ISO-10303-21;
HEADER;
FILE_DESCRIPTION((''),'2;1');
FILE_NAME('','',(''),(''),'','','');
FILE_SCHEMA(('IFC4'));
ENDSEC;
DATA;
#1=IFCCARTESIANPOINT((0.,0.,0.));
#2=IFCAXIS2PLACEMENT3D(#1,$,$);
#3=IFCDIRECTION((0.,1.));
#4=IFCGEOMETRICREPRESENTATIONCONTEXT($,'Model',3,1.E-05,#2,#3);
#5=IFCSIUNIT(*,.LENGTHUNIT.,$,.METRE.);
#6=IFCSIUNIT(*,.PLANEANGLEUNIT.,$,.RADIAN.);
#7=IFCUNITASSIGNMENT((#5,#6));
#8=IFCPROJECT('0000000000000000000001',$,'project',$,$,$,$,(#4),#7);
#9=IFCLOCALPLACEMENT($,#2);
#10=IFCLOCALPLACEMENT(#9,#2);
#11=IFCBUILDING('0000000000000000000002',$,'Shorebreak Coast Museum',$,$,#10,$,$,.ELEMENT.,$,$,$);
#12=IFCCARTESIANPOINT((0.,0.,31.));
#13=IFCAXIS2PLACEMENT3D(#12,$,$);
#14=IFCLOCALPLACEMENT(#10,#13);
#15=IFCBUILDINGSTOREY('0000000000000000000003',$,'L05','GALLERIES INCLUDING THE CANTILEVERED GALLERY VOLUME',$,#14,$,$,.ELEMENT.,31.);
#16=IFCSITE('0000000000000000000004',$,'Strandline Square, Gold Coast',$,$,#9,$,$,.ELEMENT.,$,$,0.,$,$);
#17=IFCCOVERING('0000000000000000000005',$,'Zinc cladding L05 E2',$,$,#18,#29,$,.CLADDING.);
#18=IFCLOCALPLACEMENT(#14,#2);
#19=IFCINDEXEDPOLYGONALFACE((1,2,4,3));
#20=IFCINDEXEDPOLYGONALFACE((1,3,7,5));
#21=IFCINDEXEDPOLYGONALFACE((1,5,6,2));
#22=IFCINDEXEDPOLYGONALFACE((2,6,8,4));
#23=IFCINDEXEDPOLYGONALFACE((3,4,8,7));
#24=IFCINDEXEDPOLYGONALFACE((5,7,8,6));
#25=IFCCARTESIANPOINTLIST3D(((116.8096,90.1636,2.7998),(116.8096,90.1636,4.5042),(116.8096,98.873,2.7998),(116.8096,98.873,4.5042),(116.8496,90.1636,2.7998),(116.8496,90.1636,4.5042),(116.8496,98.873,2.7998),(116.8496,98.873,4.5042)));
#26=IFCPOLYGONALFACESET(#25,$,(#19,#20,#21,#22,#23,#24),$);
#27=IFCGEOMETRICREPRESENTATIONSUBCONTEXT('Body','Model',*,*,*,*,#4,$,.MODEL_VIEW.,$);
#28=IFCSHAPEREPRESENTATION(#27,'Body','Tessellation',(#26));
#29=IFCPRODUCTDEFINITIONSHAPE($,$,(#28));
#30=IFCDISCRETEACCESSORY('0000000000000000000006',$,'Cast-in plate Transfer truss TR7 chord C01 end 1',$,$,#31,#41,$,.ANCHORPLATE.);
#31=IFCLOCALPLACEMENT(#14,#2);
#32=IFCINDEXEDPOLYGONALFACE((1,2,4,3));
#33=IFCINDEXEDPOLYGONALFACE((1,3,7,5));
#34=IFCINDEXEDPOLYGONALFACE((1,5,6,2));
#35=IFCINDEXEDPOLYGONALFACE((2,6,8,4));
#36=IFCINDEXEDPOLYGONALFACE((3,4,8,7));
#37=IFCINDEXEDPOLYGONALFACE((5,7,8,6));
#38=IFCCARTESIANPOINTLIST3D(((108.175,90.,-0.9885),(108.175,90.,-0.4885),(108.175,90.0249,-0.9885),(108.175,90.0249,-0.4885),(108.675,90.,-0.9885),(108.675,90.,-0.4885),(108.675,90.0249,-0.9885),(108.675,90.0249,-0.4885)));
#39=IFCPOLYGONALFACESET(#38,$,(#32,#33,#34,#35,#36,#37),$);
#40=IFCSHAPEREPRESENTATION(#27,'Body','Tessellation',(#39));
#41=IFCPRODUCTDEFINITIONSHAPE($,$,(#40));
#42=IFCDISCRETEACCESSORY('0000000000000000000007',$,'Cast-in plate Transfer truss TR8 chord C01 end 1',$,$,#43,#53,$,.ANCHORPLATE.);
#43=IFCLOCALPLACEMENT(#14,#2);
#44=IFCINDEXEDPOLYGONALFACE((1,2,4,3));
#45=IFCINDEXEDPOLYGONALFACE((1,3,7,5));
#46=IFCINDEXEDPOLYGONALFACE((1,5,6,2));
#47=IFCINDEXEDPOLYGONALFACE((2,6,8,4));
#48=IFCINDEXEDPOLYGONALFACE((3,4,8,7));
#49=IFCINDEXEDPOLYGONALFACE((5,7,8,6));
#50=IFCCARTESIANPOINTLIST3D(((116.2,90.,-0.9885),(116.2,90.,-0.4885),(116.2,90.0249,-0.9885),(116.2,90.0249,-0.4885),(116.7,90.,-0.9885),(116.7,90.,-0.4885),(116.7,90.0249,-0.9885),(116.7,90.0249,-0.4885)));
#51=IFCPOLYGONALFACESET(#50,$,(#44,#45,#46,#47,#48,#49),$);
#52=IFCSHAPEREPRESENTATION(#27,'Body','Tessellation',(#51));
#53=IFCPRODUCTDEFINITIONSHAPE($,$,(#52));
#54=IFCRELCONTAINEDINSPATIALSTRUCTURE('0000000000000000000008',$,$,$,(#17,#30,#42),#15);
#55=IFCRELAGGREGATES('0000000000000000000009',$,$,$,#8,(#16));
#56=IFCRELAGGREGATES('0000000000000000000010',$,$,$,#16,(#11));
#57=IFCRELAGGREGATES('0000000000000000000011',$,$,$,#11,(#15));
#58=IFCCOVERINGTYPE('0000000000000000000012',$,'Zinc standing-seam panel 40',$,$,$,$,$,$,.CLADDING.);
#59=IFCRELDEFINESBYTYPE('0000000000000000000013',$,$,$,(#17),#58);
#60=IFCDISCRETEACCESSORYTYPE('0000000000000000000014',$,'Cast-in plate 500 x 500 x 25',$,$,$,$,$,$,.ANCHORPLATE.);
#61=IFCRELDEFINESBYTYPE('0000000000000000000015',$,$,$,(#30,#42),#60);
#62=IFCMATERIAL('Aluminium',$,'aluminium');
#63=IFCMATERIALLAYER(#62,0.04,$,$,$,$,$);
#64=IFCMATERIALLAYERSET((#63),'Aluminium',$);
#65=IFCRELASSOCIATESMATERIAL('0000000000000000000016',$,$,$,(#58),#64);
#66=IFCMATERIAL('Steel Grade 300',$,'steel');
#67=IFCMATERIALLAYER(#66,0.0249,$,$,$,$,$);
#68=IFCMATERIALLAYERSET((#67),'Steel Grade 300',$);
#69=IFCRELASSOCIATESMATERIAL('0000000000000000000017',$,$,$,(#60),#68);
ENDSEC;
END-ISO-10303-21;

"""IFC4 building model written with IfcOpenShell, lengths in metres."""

from ifc_helpers import new_model, si_unit, direction, frame, origin, origin_2d, place, context, subcontext, project, spatial, polyline, rectangle, outline, extrude, material, layer, layer_set, type_object, element, save


model = new_model("IFC4")

# Units and contexts
model_context = context("Model", 3, precision=1e-05, world=origin(), true_north=direction((0.0, 1.0)))
body_context = subcontext(model_context, "Body", "Model", "MODEL_VIEW")
ifc_project = project(units=[si_unit("LENGTHUNIT", "METRE"), si_unit("PLANEANGLEUNIT", "RADIAN")], contexts=[model_context])

# Site, building, storey
site_placement = place(None, origin())
site = spatial("IfcSite", under=ifc_project, at=site_placement, Name="Strandline Square, Gold Coast", CompositionType="ELEMENT", RefElevation=0.0)
building_placement = place(site_placement, origin())
building = spatial("IfcBuilding", under=site, at=building_placement, Name="Shorebreak Coast Museum", CompositionType="ELEMENT")
storey_placement = place(building_placement, frame((0.0, 0.0, 31.0)))
storey = spatial("IfcBuildingStorey", under=building, at=storey_placement, Name="L05", Description="GALLERIES INCLUDING THE CANTILEVERED GALLERY VOLUME", CompositionType="ELEMENT", Elevation=31.0)

# Covering
ifc_material_1 = material(Name="Aluminium", Category="aluminium")
ifc_layer_1 = layer(ifc_material_1, 0.04)
ifc_layer_set_1 = layer_set([ifc_layer_1], Name="Aluminium")
covering_type = type_object("IfcCoveringType", Name="Zinc standing-seam panel 40", PredefinedType="CLADDING", material=ifc_layer_set_1)
covering_1_placement = place(storey_placement, frame((116.8296, 94.5183, 2.7998), z_axis=(0.0, 0.0, 1.0), x_axis=(1.0, 0.0, 0.0)))
element("IfcCovering", 1, at=covering_1_placement, inside=storey, type_object=covering_type, Name="Zinc cladding L05 E2", PredefinedType="CLADDING", context=body_context, shape_type="SweptSolid", body=[
    extrude(rectangle(XDim=0.04, YDim=8.7095, at=origin_2d()), origin(), (0.0, 0.0, 1.0), 1.7043),
])

# Discrete accessories
ifc_material_2 = material(Name="Steel Grade 300", Category="steel")
ifc_layer_2 = layer(ifc_material_2, 0.0249)
ifc_layer_set_2 = layer_set([ifc_layer_2], Name="Steel Grade 300")
discrete_accessory_type = type_object("IfcDiscreteAccessoryType", Name="Cast-in plate 500 x 500 x 25", PredefinedType="ANCHORPLATE", material=ifc_layer_set_2)
for number, where, z_axis, x_axis, name in (
    (2, (108.175, 90.0, -0.9885), (0.0, -1.0, 0.0), (1.0, 0.0, 0.0), "Cast-in plate Transfer truss TR7 chord C01 end 1"),
    (3, (116.2, 90.0, -0.9885), (0.0, -1.0, 0.0), (1.0, 0.0, 0.0), "Cast-in plate Transfer truss TR8 chord C01 end 1"),
):
    element("IfcDiscreteAccessory", number, at=place(storey_placement, frame(where, z_axis=z_axis, x_axis=x_axis)), inside=storey, type_object=discrete_accessory_type, Name=name, PredefinedType="ANCHORPLATE", context=body_context, shape_type="SweptSolid", body=[
        extrude(outline(polyline([(0.0, 0.0), (0.5, 0.0), (0.5, 0.5), (0.0, 0.5), (0.0, 0.0)])), origin(), (0.0, 0.0, -1.0), 0.0249),
    ])

save(model, "model.ifc")
